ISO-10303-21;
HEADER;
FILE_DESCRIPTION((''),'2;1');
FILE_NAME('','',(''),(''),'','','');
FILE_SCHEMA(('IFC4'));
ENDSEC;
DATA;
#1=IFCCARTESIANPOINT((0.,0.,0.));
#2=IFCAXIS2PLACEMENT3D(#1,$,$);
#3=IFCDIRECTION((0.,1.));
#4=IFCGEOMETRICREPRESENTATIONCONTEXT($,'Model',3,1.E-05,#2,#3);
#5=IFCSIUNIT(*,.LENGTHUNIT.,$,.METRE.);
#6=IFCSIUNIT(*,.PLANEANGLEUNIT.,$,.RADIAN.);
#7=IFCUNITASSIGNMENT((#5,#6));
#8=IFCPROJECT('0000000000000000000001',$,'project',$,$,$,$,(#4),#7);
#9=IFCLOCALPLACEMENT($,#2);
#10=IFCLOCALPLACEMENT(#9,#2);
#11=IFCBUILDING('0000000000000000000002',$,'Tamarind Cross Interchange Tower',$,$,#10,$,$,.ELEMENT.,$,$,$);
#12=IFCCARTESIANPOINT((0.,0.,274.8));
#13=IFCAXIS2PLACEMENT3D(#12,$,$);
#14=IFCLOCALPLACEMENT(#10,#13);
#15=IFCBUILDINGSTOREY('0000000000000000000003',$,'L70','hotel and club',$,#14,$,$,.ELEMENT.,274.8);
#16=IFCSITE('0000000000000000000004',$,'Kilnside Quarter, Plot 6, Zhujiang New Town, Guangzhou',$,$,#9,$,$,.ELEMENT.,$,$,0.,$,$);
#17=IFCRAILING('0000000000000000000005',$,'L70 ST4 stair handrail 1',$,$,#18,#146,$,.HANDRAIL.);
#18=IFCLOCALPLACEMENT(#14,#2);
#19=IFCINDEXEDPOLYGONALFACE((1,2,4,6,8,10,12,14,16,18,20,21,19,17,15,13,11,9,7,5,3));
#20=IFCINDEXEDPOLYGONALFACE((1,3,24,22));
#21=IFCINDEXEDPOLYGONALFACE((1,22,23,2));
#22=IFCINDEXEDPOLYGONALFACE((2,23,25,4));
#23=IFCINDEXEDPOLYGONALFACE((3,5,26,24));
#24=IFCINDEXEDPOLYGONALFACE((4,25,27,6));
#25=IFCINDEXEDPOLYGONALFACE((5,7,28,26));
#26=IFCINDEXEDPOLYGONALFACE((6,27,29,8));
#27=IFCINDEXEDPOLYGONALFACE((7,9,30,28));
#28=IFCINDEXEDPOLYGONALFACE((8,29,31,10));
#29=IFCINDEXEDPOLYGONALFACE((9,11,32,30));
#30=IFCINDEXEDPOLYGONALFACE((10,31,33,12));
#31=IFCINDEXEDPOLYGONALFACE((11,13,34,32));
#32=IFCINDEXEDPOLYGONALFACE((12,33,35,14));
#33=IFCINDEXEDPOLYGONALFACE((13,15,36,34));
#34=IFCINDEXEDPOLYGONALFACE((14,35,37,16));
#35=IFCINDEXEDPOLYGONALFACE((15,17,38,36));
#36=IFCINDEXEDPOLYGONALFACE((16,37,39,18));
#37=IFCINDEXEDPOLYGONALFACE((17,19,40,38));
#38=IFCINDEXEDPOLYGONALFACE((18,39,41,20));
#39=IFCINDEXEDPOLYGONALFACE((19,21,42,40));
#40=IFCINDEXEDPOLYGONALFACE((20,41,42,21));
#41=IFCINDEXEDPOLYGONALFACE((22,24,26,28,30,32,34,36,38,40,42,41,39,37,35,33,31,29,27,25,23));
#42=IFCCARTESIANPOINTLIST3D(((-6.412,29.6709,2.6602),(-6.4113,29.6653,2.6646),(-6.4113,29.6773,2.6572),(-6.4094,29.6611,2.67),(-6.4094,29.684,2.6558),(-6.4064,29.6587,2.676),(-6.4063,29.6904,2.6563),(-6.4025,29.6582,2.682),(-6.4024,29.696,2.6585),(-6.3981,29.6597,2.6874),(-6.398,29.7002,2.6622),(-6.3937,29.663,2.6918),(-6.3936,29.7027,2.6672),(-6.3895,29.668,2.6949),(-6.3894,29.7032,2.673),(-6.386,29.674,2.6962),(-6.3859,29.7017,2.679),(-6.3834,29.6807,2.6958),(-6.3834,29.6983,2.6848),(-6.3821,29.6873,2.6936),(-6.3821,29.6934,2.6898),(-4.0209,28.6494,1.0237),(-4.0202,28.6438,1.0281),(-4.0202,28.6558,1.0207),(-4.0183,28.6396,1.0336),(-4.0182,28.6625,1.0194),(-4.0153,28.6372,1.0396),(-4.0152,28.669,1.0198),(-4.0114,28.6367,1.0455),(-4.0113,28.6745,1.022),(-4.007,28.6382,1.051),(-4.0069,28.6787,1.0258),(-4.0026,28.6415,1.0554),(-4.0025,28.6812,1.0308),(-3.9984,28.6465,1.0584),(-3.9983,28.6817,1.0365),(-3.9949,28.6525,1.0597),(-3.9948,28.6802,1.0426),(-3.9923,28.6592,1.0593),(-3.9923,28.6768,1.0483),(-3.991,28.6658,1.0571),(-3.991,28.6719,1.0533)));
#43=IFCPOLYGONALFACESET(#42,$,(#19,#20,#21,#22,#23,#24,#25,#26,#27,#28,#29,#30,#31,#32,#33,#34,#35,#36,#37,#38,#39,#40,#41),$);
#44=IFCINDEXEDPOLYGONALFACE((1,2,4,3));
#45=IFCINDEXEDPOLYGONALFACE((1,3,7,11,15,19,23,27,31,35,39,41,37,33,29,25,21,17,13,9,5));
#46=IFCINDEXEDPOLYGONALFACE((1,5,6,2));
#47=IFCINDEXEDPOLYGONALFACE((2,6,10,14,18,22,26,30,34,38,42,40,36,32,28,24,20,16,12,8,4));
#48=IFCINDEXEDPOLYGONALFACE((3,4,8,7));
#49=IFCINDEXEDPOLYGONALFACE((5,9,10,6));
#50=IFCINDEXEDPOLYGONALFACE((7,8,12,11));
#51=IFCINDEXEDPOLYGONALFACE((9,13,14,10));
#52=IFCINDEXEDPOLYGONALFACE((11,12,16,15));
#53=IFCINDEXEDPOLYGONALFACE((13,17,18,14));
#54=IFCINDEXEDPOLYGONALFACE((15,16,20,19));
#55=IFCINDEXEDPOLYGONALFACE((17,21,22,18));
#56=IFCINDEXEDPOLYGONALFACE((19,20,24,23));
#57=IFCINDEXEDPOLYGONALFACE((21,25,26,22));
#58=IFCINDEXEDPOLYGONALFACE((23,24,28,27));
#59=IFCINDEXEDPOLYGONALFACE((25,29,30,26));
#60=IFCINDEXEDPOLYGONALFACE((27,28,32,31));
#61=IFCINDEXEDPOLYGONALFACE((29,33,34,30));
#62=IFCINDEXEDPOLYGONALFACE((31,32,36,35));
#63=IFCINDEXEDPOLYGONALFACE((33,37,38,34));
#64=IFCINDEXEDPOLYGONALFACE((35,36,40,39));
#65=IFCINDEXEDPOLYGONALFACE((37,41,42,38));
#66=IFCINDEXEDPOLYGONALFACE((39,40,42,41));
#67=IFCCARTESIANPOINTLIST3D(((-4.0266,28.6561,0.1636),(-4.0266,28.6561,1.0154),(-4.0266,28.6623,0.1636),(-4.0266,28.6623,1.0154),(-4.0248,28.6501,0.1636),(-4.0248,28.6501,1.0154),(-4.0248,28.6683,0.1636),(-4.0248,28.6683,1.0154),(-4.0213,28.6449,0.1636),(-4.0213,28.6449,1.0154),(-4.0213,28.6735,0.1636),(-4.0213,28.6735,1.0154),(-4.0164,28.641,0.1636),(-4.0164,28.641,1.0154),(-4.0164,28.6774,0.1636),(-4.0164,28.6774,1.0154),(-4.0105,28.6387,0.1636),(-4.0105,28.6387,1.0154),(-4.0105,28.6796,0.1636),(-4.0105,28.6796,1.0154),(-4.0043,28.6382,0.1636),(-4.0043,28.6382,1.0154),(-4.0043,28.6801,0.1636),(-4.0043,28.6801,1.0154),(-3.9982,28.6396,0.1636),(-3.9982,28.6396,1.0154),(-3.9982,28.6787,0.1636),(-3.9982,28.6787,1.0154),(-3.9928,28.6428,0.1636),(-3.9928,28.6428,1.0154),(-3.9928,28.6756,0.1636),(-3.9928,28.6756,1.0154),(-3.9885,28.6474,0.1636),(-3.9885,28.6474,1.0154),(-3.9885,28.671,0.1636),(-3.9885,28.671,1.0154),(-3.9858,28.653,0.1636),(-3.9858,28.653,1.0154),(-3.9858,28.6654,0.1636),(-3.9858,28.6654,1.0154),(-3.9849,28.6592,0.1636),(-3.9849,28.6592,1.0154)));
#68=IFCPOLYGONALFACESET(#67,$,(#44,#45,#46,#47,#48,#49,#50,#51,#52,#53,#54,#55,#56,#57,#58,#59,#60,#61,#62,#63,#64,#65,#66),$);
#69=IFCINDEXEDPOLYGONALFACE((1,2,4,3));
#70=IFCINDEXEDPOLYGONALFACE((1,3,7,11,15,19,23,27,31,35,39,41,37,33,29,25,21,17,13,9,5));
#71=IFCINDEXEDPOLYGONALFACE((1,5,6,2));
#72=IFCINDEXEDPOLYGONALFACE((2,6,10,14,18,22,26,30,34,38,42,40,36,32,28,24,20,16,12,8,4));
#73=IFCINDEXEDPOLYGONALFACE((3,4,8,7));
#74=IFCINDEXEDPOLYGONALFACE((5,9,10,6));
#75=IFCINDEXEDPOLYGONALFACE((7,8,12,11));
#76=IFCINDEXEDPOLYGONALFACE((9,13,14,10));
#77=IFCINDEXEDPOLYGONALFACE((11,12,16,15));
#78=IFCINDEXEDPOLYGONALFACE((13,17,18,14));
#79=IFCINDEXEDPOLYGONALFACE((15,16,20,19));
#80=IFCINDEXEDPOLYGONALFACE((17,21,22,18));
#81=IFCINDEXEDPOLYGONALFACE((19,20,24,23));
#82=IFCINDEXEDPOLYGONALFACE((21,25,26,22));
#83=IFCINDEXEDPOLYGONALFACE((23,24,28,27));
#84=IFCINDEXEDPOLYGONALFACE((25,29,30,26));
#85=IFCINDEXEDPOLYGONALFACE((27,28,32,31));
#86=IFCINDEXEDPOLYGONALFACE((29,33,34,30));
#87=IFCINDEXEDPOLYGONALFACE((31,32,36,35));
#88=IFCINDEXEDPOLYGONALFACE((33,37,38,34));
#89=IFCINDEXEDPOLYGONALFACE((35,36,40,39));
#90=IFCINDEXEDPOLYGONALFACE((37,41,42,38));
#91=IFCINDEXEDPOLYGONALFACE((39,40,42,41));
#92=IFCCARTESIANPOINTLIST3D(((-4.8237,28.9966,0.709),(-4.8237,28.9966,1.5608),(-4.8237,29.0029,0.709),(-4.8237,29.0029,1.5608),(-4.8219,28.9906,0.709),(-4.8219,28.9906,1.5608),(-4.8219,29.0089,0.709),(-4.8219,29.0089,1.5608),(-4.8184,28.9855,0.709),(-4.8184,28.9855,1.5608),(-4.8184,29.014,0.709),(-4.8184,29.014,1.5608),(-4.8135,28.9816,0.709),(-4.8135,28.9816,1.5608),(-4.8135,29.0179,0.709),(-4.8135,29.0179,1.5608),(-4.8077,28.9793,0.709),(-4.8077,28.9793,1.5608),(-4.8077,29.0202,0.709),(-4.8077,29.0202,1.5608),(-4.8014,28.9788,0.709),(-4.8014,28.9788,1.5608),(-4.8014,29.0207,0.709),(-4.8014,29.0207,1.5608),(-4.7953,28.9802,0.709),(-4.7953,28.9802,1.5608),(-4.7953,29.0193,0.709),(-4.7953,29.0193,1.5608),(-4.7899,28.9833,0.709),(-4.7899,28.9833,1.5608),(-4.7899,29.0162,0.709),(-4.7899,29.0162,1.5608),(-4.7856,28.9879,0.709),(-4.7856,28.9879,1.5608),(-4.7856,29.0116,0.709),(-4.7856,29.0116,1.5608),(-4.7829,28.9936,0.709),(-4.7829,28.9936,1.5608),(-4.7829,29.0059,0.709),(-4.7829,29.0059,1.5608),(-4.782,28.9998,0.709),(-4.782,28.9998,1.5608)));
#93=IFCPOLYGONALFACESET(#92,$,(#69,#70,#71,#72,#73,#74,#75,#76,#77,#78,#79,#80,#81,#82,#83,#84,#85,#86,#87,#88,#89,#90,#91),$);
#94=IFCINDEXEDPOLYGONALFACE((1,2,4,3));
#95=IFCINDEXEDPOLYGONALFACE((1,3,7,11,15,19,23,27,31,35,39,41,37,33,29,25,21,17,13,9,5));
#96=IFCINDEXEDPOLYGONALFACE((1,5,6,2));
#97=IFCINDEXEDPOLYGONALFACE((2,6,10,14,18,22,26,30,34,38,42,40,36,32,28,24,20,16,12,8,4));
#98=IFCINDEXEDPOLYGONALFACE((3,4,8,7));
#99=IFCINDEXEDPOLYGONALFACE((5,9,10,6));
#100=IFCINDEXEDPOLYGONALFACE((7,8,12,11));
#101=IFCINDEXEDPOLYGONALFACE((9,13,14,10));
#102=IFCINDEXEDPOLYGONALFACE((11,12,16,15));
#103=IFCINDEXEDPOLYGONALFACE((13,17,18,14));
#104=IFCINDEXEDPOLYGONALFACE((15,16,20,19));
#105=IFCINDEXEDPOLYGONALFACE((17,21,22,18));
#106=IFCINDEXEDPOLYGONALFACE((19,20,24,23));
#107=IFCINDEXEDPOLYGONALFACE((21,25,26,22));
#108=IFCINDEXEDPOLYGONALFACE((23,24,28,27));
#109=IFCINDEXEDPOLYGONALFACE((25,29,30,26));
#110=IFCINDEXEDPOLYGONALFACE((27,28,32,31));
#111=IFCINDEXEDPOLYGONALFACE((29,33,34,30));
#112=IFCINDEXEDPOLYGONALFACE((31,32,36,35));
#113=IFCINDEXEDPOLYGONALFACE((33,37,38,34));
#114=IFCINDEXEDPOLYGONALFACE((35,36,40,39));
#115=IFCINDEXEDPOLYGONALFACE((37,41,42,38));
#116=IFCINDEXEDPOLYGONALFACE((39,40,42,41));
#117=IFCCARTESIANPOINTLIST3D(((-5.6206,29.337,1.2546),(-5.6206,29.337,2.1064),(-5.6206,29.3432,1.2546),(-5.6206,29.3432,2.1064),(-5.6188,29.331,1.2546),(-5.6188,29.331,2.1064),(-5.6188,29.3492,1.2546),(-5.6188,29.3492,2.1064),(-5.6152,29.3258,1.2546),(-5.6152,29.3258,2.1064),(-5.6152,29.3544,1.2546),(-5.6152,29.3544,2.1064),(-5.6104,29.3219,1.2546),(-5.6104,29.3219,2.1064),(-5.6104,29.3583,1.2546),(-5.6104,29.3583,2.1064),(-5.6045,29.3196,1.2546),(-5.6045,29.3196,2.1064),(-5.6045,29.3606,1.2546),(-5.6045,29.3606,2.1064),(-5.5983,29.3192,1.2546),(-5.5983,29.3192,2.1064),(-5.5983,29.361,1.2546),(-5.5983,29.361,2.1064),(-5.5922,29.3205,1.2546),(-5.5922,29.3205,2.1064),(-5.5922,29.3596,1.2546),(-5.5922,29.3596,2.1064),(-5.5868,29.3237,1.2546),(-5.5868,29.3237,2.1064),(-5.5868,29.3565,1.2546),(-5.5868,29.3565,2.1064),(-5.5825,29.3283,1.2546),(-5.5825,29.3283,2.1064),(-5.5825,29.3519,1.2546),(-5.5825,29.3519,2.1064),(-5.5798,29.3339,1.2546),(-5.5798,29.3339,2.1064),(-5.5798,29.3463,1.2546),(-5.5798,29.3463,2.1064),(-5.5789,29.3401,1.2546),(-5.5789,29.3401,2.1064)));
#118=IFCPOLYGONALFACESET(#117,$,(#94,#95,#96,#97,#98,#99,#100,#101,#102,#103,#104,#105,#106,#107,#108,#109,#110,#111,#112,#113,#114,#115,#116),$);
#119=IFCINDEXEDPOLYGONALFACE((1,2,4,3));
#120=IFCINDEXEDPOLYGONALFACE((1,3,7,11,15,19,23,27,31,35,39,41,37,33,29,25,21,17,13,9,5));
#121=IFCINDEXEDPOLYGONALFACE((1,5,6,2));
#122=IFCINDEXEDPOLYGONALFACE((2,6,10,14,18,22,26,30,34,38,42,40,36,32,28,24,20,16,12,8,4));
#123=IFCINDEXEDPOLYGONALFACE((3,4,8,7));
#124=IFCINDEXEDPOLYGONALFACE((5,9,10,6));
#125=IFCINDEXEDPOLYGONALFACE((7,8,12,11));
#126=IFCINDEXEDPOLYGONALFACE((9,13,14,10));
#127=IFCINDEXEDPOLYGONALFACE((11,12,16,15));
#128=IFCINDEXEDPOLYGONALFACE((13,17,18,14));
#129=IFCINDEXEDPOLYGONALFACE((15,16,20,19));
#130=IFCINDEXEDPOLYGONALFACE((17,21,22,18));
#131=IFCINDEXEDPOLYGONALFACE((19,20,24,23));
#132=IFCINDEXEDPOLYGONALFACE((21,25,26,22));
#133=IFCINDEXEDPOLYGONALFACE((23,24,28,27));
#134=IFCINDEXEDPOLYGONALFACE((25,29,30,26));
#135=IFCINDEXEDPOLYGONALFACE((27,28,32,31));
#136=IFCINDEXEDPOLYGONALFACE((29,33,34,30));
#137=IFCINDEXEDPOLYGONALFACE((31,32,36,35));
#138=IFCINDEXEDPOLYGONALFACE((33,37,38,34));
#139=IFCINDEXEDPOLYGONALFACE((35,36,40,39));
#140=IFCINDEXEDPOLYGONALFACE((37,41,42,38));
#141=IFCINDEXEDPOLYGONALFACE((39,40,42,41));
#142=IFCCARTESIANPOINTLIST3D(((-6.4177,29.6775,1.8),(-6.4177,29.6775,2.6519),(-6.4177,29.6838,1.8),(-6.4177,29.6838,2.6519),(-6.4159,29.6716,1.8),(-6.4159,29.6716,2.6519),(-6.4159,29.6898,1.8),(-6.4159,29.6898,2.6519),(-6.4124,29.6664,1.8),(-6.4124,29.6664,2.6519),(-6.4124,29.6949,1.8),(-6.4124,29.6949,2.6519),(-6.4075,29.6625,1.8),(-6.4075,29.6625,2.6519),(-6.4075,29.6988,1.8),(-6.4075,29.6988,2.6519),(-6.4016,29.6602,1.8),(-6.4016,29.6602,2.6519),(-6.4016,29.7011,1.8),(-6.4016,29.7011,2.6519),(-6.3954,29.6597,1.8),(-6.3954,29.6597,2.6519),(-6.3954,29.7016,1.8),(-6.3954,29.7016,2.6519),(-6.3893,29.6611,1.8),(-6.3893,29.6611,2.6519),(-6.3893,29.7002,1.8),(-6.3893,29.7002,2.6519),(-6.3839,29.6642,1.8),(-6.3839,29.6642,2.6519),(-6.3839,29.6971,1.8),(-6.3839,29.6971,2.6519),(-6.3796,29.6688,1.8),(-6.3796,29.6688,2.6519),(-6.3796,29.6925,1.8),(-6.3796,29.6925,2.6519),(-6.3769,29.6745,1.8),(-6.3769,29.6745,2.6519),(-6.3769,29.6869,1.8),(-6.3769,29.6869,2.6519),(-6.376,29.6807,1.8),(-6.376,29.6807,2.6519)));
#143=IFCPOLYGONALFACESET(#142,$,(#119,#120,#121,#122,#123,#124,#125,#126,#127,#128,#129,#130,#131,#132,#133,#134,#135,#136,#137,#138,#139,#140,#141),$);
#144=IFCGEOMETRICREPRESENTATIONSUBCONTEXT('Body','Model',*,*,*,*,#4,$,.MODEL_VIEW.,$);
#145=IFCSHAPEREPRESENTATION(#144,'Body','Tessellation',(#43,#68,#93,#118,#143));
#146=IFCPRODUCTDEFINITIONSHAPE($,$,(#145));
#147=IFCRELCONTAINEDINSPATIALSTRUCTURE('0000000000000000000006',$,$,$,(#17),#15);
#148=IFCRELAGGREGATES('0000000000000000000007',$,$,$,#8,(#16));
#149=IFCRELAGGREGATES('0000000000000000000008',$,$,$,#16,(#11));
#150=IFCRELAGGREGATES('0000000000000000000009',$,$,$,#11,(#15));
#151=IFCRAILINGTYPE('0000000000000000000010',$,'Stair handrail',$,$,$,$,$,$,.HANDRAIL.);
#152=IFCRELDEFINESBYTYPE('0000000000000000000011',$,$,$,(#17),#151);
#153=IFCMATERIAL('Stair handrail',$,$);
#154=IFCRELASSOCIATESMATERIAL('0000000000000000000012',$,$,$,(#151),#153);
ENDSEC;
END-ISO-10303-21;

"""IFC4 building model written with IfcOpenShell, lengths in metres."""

from ifc_helpers import new_model, si_unit, direction, frame, origin, origin_2d, place, context, subcontext, project, spatial, circle, extrude, material, type_object, element, save


model = new_model("IFC4")

# Units and contexts
model_context = context("Model", 3, precision=1e-05, world=origin(), true_north=direction((0.0, 1.0)))
body_context = subcontext(model_context, "Body", "Model", "MODEL_VIEW")
ifc_project = project(units=[si_unit("LENGTHUNIT", "METRE"), si_unit("PLANEANGLEUNIT", "RADIAN")], contexts=[model_context])

# Site, building, storey
site_placement = place(None, origin())
site = spatial("IfcSite", under=ifc_project, at=site_placement, Name="Kilnside Quarter, Plot 6, Zhujiang New Town, Guangzhou", CompositionType="ELEMENT", RefElevation=0.0)
building_placement = place(site_placement, origin())
building = spatial("IfcBuilding", under=site, at=building_placement, Name="Tamarind Cross Interchange Tower", CompositionType="ELEMENT")
storey_placement = place(building_placement, frame((0.0, 0.0, 274.8)))
storey = spatial("IfcBuildingStorey", under=building, at=storey_placement, Name="L70", Description="hotel and club", CompositionType="ELEMENT", Elevation=274.8)

# Railing
ifc_material_1 = material(Name="Stair handrail")
railing_type_1 = type_object("IfcRailingType", Name="Stair handrail", PredefinedType="HANDRAIL", material=ifc_material_1)
railing_1_placement = place(storey_placement, frame((-4.0059, 28.6592, 0.1636)))
element("IfcRailing", 1, at=railing_1_placement, inside=storey, type_object=railing_type_1, Name="L70 ST4 stair handrail 1", PredefinedType="HANDRAIL", context=body_context, shape_type="SweptSolid", body=[
    extrude(circle(Radius=0.0239, at=origin_2d()), frame((0.0, 0.0, 0.876), z_axis=(-0.778286, 0.332484, 0.532658), x_axis=(-0.392854, -0.919601, 0.0)), (0.0, 0.0, 1.0), 3.0723),
    extrude(circle(Radius=0.021, at=origin_2d()), origin(), (0.0, 0.0, 1.0), 0.8518),
    extrude(circle(Radius=0.021, at=origin_2d()), frame((-0.7971, 0.3406, 0.5454)), (0.0, 0.0, 1.0), 0.8518),
    extrude(circle(Radius=0.021, at=origin_2d()), frame((-1.594, 0.6809, 1.0911)), (0.0, 0.0, 1.0), 0.8518),
    extrude(circle(Radius=0.021, at=origin_2d()), frame((-2.3911, 1.0215, 1.6365)), (0.0, 0.0, 1.0), 0.8518),
])

save(model, "model.ifc")
